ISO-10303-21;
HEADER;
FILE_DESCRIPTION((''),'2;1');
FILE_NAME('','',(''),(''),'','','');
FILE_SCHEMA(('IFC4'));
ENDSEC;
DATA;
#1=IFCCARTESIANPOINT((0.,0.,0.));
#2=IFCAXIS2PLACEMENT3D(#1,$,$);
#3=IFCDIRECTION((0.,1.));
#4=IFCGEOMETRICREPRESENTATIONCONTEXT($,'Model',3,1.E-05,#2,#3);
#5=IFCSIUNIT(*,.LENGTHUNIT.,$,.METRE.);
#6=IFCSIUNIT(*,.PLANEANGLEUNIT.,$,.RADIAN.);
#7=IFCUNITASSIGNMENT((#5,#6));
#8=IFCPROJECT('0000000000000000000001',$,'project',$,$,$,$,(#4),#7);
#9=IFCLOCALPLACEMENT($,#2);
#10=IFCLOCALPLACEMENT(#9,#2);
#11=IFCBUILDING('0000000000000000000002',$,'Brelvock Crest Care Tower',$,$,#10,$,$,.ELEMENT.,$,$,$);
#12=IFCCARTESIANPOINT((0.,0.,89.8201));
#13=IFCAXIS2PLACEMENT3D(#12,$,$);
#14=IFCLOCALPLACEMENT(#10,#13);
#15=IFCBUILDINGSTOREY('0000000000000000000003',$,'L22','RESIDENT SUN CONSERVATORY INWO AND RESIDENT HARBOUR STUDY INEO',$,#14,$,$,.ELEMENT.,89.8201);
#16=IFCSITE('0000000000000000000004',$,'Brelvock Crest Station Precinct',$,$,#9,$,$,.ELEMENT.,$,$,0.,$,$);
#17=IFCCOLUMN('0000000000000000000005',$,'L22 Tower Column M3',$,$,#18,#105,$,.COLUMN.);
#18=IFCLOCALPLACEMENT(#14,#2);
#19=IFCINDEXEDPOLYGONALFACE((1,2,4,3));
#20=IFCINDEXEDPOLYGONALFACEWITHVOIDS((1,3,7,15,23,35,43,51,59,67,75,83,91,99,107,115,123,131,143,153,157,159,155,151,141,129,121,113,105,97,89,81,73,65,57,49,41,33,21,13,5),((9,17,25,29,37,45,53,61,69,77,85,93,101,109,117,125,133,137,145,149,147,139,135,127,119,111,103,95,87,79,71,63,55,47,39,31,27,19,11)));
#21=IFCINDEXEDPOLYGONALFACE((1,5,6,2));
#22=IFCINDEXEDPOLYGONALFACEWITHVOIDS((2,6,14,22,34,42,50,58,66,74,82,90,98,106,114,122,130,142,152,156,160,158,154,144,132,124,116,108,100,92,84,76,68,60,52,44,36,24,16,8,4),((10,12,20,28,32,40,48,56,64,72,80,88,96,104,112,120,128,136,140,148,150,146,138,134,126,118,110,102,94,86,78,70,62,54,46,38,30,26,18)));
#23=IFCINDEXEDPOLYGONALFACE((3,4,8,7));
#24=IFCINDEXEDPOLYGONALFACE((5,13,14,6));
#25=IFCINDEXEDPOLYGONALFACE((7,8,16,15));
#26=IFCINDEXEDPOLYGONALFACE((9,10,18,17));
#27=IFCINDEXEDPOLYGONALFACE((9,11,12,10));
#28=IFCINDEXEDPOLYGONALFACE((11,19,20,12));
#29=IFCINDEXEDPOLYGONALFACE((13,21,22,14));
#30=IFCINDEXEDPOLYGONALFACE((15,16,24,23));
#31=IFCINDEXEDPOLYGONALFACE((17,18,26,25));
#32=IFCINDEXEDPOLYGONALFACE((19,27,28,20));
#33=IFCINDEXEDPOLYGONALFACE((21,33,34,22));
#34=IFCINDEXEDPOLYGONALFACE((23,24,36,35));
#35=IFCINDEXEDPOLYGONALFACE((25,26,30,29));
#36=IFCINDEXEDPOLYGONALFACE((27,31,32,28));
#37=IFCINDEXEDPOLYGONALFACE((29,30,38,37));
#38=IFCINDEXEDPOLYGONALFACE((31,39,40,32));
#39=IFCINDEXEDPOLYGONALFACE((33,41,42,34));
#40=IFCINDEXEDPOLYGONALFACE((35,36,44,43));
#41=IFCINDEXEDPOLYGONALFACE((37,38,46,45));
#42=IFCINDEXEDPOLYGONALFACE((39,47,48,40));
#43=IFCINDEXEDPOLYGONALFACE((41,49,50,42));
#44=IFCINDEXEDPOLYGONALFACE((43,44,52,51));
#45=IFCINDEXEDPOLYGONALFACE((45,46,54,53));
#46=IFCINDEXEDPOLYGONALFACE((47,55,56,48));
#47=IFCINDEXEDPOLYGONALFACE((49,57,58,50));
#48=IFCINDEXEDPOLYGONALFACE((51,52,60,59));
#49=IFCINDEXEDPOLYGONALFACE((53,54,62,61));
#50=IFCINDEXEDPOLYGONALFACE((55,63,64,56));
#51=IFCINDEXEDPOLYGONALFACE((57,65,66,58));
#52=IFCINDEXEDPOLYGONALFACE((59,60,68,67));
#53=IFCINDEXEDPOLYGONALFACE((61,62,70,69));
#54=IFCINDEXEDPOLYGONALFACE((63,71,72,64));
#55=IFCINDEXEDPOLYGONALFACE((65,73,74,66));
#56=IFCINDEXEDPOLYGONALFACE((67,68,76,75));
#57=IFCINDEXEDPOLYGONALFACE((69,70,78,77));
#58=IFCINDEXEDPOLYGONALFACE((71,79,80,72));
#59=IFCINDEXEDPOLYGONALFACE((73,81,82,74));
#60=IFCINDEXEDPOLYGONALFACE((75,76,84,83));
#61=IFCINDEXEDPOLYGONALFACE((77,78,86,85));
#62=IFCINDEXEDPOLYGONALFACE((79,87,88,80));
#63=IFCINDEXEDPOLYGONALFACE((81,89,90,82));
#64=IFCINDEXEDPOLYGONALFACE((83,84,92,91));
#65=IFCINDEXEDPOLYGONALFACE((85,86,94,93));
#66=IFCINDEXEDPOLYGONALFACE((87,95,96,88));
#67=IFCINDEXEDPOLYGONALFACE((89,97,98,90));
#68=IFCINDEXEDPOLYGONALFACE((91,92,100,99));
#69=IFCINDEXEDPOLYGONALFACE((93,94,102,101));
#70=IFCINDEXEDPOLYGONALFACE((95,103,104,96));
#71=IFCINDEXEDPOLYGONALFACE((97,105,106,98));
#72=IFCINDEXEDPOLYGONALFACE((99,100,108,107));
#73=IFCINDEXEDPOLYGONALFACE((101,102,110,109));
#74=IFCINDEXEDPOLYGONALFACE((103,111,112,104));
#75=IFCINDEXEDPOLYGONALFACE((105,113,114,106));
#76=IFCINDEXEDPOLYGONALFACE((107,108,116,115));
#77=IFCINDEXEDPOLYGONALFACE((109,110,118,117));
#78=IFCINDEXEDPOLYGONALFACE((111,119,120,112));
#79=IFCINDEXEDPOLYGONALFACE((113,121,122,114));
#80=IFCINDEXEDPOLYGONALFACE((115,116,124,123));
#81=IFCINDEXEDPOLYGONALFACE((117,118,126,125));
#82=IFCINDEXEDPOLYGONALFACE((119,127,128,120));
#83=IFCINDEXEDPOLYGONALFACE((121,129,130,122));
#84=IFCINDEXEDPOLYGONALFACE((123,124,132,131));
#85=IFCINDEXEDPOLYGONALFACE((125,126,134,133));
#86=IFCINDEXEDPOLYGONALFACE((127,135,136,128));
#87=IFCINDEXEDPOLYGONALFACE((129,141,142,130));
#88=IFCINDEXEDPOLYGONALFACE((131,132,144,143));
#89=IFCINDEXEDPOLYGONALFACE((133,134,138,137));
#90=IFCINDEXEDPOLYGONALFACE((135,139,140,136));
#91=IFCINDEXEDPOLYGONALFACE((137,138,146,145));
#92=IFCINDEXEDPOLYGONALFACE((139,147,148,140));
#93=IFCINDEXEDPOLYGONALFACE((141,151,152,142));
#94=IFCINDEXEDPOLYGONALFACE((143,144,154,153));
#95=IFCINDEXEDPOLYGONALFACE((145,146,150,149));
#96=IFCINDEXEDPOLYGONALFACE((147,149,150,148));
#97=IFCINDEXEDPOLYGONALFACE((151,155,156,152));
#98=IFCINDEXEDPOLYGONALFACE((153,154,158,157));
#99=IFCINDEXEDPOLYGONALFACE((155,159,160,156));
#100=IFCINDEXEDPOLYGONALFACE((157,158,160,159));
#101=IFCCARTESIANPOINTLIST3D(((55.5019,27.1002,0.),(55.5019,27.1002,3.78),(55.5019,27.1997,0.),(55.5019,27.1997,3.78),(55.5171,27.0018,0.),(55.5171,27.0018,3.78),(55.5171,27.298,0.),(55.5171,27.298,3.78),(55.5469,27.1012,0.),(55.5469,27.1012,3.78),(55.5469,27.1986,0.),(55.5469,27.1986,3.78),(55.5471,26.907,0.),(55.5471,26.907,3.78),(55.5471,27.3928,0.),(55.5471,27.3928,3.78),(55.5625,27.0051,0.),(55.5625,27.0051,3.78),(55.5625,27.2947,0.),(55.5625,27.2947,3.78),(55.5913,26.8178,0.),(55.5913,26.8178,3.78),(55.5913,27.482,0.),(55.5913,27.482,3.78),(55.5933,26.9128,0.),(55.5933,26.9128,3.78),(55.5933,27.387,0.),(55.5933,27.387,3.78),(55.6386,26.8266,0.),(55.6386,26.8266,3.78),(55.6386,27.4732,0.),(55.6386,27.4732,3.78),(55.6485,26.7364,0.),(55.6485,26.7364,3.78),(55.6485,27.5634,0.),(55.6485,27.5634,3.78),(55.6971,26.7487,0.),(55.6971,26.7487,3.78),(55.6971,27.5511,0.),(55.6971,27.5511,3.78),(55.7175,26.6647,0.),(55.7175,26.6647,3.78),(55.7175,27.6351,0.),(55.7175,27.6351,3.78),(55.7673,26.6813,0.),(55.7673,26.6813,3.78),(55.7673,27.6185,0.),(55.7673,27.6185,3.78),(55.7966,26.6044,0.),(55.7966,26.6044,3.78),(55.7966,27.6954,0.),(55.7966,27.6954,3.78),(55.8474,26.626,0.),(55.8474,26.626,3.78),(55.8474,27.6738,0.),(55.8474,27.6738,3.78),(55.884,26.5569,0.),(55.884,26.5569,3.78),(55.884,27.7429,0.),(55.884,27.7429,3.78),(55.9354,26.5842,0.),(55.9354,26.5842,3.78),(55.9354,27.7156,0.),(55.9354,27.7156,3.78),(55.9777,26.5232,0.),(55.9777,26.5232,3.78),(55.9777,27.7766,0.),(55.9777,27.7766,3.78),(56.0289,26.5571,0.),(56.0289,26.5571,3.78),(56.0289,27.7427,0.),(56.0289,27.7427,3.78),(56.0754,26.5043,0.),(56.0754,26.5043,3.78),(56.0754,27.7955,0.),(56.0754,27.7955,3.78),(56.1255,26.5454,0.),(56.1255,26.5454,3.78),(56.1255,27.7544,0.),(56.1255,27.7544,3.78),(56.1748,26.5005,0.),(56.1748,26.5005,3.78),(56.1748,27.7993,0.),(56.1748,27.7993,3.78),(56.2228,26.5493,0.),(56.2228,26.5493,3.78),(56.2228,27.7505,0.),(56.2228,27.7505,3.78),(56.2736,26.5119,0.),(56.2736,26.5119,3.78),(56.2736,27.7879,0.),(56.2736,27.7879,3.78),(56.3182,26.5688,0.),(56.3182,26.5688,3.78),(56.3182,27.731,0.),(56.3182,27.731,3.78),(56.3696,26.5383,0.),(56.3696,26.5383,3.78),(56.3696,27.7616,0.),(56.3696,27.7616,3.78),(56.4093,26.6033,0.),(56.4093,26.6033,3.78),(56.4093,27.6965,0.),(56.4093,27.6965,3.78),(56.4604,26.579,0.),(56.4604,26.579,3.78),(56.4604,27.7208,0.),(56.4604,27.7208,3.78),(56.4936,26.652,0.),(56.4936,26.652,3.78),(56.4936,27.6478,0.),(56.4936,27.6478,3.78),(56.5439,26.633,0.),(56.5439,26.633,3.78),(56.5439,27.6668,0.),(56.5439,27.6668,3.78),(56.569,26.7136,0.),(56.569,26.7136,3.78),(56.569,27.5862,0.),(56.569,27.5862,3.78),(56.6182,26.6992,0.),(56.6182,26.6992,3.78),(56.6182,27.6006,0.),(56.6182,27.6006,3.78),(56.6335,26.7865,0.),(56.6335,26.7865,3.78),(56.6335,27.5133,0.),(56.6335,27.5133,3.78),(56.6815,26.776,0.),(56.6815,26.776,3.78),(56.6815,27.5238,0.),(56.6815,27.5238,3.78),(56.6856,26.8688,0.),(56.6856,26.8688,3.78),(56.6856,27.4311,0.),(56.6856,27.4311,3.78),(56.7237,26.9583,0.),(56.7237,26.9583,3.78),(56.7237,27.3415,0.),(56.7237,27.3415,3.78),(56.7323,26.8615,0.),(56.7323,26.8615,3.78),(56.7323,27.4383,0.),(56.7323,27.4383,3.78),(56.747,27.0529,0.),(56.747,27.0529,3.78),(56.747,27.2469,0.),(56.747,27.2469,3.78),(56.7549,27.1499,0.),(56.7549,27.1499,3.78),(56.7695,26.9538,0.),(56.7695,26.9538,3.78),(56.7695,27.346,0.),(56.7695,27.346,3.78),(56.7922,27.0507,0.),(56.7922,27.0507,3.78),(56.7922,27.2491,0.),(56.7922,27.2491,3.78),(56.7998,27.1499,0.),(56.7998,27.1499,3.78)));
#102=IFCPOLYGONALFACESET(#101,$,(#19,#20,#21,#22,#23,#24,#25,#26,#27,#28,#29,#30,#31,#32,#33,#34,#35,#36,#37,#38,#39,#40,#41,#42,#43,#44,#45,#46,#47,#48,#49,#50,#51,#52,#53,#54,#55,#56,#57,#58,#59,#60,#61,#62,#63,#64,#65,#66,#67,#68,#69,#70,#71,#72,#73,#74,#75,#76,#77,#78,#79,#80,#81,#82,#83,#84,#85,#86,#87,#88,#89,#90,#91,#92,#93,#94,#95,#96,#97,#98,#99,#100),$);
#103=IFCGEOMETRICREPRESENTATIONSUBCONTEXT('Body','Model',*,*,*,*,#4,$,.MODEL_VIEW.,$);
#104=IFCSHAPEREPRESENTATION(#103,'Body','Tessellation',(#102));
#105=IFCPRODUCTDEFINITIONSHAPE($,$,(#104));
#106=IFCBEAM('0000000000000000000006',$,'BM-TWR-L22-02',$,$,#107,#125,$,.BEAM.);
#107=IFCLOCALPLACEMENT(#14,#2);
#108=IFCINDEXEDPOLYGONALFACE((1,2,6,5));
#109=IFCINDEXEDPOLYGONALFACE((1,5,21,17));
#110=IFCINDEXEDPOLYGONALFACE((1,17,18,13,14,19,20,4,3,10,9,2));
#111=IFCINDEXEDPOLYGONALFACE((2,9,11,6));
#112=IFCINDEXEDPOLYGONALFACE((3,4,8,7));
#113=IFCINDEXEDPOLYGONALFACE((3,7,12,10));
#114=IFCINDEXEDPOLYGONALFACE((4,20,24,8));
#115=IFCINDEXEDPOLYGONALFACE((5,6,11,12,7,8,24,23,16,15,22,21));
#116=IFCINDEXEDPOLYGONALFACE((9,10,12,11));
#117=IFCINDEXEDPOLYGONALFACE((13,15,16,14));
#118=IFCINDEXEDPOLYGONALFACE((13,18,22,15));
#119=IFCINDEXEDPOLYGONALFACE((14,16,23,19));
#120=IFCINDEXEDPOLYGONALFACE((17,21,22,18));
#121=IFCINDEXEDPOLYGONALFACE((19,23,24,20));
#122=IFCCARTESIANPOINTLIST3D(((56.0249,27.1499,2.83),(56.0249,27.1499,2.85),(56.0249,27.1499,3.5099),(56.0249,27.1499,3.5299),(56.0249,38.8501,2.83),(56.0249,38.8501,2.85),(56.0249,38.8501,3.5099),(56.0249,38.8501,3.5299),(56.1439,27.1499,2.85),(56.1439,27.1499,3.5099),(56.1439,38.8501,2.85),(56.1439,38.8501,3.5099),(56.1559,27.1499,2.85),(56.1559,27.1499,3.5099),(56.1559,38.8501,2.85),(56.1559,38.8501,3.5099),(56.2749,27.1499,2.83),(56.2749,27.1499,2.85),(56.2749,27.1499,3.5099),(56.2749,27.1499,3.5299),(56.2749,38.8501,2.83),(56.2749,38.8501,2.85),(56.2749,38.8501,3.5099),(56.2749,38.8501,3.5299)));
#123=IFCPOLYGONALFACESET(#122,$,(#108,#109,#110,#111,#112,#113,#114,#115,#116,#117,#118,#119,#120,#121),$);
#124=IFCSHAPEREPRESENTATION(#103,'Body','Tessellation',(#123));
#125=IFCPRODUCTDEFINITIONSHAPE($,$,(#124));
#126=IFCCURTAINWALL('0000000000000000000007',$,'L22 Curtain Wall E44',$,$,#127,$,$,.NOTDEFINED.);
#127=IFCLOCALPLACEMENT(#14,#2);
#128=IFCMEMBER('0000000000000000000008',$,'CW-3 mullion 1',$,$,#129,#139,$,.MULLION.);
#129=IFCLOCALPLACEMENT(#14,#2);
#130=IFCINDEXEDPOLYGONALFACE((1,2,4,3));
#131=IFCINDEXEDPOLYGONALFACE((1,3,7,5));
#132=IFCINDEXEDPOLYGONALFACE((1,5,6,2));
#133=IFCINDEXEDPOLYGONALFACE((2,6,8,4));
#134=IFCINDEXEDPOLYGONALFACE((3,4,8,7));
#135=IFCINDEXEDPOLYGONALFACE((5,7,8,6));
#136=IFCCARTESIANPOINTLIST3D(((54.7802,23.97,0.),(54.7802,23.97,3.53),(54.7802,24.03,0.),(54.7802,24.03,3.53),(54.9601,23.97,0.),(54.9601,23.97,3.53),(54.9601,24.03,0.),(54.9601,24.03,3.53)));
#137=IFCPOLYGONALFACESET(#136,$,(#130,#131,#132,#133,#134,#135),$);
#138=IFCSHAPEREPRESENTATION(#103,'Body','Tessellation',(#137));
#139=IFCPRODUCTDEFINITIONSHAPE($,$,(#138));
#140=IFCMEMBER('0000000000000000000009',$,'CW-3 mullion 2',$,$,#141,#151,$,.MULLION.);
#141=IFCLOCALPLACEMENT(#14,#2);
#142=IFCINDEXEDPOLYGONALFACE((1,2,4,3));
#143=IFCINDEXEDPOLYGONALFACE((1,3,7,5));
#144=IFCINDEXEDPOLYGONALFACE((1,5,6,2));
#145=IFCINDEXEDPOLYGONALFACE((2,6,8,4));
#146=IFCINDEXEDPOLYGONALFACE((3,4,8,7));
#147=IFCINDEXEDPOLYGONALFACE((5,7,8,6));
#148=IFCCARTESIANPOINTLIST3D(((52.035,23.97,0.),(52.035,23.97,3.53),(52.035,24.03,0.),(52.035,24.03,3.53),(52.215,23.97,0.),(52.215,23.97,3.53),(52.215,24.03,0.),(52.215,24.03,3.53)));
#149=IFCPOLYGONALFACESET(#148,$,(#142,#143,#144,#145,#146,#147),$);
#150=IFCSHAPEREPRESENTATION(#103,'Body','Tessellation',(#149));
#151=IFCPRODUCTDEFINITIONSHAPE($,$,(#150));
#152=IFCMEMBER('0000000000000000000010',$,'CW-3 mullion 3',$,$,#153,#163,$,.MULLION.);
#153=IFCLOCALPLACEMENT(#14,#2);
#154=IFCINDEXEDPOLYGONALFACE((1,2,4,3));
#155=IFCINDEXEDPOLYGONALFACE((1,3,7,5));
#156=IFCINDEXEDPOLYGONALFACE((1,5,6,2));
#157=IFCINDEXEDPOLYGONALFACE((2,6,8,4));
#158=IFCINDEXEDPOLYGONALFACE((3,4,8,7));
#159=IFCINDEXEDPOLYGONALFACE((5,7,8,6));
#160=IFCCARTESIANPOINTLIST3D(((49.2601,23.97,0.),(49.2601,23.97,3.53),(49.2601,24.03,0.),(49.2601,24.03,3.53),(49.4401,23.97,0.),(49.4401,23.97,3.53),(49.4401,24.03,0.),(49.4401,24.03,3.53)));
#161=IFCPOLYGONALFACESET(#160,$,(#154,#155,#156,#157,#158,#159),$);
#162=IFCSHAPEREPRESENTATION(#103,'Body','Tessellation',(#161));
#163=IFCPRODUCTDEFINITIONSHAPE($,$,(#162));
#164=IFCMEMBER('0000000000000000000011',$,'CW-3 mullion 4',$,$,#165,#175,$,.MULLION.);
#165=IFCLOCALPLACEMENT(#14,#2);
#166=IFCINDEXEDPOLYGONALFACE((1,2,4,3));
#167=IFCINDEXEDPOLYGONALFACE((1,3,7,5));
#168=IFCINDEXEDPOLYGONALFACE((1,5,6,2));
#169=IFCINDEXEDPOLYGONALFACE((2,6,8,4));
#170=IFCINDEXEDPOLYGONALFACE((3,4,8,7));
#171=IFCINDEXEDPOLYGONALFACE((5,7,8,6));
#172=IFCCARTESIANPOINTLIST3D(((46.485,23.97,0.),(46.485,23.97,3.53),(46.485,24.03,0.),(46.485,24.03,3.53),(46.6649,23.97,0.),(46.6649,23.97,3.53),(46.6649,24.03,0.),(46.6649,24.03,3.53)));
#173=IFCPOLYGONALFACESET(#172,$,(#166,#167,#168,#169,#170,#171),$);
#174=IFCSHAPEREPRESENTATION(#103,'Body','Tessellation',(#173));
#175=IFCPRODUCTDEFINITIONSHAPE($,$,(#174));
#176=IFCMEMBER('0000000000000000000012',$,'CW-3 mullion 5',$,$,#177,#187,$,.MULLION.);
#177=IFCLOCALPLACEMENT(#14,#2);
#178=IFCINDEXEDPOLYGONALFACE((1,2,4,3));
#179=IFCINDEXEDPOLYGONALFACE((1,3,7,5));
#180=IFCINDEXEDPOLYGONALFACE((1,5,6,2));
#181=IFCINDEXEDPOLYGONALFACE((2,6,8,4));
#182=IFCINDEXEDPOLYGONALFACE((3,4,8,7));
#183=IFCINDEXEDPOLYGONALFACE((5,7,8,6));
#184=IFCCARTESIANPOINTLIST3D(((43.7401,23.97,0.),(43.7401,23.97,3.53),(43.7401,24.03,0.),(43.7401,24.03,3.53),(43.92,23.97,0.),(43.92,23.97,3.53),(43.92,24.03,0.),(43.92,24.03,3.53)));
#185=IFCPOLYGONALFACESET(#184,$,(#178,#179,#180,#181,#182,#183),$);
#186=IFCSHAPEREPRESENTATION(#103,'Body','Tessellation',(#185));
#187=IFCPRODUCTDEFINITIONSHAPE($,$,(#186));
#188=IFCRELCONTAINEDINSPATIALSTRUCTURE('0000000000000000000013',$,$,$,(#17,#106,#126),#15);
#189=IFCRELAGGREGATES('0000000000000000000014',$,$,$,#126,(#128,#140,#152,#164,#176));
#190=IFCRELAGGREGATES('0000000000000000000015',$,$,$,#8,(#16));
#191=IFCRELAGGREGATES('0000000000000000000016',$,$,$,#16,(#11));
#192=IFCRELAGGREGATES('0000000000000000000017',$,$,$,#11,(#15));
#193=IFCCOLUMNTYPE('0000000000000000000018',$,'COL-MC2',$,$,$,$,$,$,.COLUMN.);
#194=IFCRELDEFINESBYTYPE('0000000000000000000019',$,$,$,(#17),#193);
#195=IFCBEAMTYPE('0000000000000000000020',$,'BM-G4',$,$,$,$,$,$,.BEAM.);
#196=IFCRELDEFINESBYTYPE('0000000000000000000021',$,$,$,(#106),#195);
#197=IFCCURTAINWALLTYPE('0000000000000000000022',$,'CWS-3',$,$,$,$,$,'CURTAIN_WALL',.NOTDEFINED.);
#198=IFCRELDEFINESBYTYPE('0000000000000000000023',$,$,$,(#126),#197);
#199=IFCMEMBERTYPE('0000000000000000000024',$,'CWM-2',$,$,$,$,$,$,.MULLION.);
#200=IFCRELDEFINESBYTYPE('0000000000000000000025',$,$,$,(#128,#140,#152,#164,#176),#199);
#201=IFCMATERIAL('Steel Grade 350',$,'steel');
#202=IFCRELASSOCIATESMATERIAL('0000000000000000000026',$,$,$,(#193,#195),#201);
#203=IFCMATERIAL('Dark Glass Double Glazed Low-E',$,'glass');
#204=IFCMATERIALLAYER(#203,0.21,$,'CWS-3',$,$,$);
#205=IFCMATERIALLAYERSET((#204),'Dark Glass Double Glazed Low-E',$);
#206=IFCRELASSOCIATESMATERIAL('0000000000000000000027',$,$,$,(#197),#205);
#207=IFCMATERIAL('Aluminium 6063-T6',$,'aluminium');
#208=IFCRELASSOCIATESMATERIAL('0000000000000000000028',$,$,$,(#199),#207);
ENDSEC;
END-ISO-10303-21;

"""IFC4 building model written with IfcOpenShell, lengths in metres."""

from ifc_helpers import new_model, si_unit, direction, frame, origin, origin_2d, place, context, subcontext, project, spatial, rectangle, hollow_circle, i_section, extrude, source, transform, mapped, material, layer, layer_set, material_profile, profile_set, type_object, element, aggregate, save


model = new_model("IFC4")

# Units and contexts
model_context = context("Model", 3, precision=1e-05, world=origin(), true_north=direction((0.0, 1.0)))
body_context = subcontext(model_context, "Body", "Model", "MODEL_VIEW")
ifc_project = project(units=[si_unit("LENGTHUNIT", "METRE"), si_unit("PLANEANGLEUNIT", "RADIAN")], contexts=[model_context])

# Site, building, storey
site_placement = place(None, origin())
site = spatial("IfcSite", under=ifc_project, at=site_placement, Name="Brelvock Crest Station Precinct", CompositionType="ELEMENT", RefElevation=0.0)
building_placement = place(site_placement, origin())
building = spatial("IfcBuilding", under=site, at=building_placement, Name="Brelvock Crest Care Tower", CompositionType="ELEMENT")
storey_placement = place(building_placement, frame((0.0, 0.0, 89.8201)))
storey = spatial("IfcBuildingStorey", under=building, at=storey_placement, Name="L22", Description="RESIDENT SUN CONSERVATORY INWO AND RESIDENT HARBOUR STUDY INEO", CompositionType="ELEMENT", Elevation=89.8201)

# Column
ifc_material_1 = material(Name="Steel Grade 350", Category="steel")
ifc_material_profile_1 = material_profile(ifc_material_1, hollow_circle(Radius=0.6499, WallThickness=0.0449, at=origin_2d()), Name="CFT1300x45")
ifc_profile_set_1 = profile_set([ifc_material_profile_1], Name="Steel Grade 350")
column_type = type_object("IfcColumnType", Name="COL-MC2", PredefinedType="COLUMN", material=ifc_profile_set_1)
shared_shape_1 = source(origin(), body_context, "Body", "SweptSolid", [
    extrude(hollow_circle(Radius=0.6499, WallThickness=0.0449, at=origin_2d()), origin(), (0.0, 0.0, 1.0), 3.78),
])
column_placement = place(storey_placement, frame((56.1499, 27.1499, 0.0), z_axis=(0.0, 0.0, 1.0), x_axis=(1.0, 0.0, 0.0)))
element("IfcColumn", 1, at=column_placement, inside=storey, type_object=column_type, Name="L22 Tower Column M3", PredefinedType="COLUMN", context=body_context, shape_type="MappedRepresentation", body=[
    mapped(shared_shape_1, transform((0.0, 0.0, 0.0), x_axis=(1.0, 0.0, 0.0), y_axis=(0.0, 1.0, 0.0), z_axis=(0.0, 0.0, 1.0), scale=1.0)),
])

# Beam
ifc_material_profile_2 = material_profile(ifc_material_1, i_section(OverallWidth=0.25, OverallDepth=0.7, WebThickness=0.012, FlangeThickness=0.02, at=origin_2d()), Name="700WB150")
ifc_profile_set_2 = profile_set([ifc_material_profile_2], Name="Steel Grade 350")
beam_type = type_object("IfcBeamType", Name="BM-G4", PredefinedType="BEAM", material=ifc_profile_set_2)
shared_shape_2 = source(origin(), body_context, "Body", "SweptSolid", [
    extrude(i_section(OverallWidth=0.25, OverallDepth=0.7, WebThickness=0.012, FlangeThickness=0.02, at=origin_2d()), origin(), (0.0, 0.0, 1.0), 11.7002),
])
beam_placement = place(storey_placement, frame((56.1499, 27.1499, 3.1799), z_axis=(0.0, 1.0, 0.0), x_axis=(-1.0, 0.0, 0.0)))
element("IfcBeam", 2, at=beam_placement, inside=storey, type_object=beam_type, Name="BM-TWR-L22-02", PredefinedType="BEAM", context=body_context, shape_type="MappedRepresentation", body=[
    mapped(shared_shape_2, transform((0.0, 0.0, 0.0), x_axis=(1.0, 0.0, 0.0), y_axis=(0.0, 1.0, 0.0), z_axis=(0.0, 0.0, 1.0), scale=1.0)),
])

# Curtain wall, members
ifc_material_2 = material(Name="Dark Glass Double Glazed Low-E", Category="glass")
ifc_layer_1 = layer(ifc_material_2, 0.21, Name="CWS-3")
ifc_layer_set_1 = layer_set([ifc_layer_1], Name="Dark Glass Double Glazed Low-E")
curtain_wall_type = type_object("IfcCurtainWallType", Name="CWS-3", ElementType="CURTAIN_WALL", PredefinedType="NOTDEFINED", material=ifc_layer_set_1)
curtain_wall_placement = place(storey_placement, origin())
curtain_wall = element("IfcCurtainWall", 3, at=curtain_wall_placement, inside=storey, type_object=curtain_wall_type, Name="L22 Curtain Wall E44", PredefinedType="NOTDEFINED")
ifc_material_3 = material(Name="Aluminium 6063-T6", Category="aluminium")
ifc_material_profile_3 = material_profile(ifc_material_3, rectangle(XDim=0.0601, YDim=0.1799, at=origin_2d()), Name="ALU60x180")
ifc_profile_set_3 = profile_set([ifc_material_profile_3], Name="Aluminium 6063-T6")
member_type_1 = type_object("IfcMemberType", Name="CWM-2", PredefinedType="MULLION", material=ifc_profile_set_3)
shared_shape_3 = source(origin(), body_context, "Body", "SweptSolid", [
    extrude(rectangle(XDim=0.0601, YDim=0.1799, at=origin_2d()), origin(), (0.0, 0.0, 1.0), 3.53),
])
member_1_placement = place(storey_placement, frame((54.8701, 24.0, 0.0), z_axis=(0.0, 0.0, 1.0), x_axis=(0.0, -1.0, 0.0)))
member_1 = element("IfcMember", 4, at=member_1_placement, type_object=member_type_1, Name="CW-3 mullion 1", PredefinedType="MULLION", context=body_context, shape_type="MappedRepresentation", body=[
    mapped(shared_shape_3, transform((0.0, 0.0, 0.0), x_axis=(1.0, 0.0, 0.0), y_axis=(0.0, 1.0, 0.0), z_axis=(0.0, 0.0, 1.0), scale=1.0)),
])
member_2_placement = place(storey_placement, frame((52.125, 24.0, 0.0), z_axis=(0.0, 0.0, 1.0), x_axis=(0.0, -1.0, 0.0)))
member_2 = element("IfcMember", 5, at=member_2_placement, type_object=member_type_1, Name="CW-3 mullion 2", PredefinedType="MULLION", context=body_context, shape_type="MappedRepresentation", body=[
    mapped(shared_shape_3, transform((0.0, 0.0, 0.0), x_axis=(1.0, 0.0, 0.0), y_axis=(0.0, 1.0, 0.0), z_axis=(0.0, 0.0, 1.0), scale=1.0)),
])
member_3_placement = place(storey_placement, frame((49.3501, 24.0, 0.0), z_axis=(0.0, 0.0, 1.0), x_axis=(0.0, -1.0, 0.0)))
member_3 = element("IfcMember", 6, at=member_3_placement, type_object=member_type_1, Name="CW-3 mullion 3", PredefinedType="MULLION", context=body_context, shape_type="MappedRepresentation", body=[
    mapped(shared_shape_3, transform((0.0, 0.0, 0.0), x_axis=(1.0, 0.0, 0.0), y_axis=(0.0, 1.0, 0.0), z_axis=(0.0, 0.0, 1.0), scale=1.0)),
])
member_4_placement = place(storey_placement, frame((46.575, 24.0, 0.0), z_axis=(0.0, 0.0, 1.0), x_axis=(0.0, -1.0, 0.0)))
member_4 = element("IfcMember", 7, at=member_4_placement, type_object=member_type_1, Name="CW-3 mullion 4", PredefinedType="MULLION", context=body_context, shape_type="MappedRepresentation", body=[
    mapped(shared_shape_3, transform((0.0, 0.0, 0.0), x_axis=(1.0, 0.0, 0.0), y_axis=(0.0, 1.0, 0.0), z_axis=(0.0, 0.0, 1.0), scale=1.0)),
])
member_5_placement = place(storey_placement, frame((43.8301, 24.0, 0.0), z_axis=(0.0, 0.0, 1.0), x_axis=(0.0, -1.0, 0.0)))
member_5 = element("IfcMember", 8, at=member_5_placement, type_object=member_type_1, Name="CW-3 mullion 5", PredefinedType="MULLION", context=body_context, shape_type="MappedRepresentation", body=[
    mapped(shared_shape_3, transform((0.0, 0.0, 0.0), x_axis=(1.0, 0.0, 0.0), y_axis=(0.0, 1.0, 0.0), z_axis=(0.0, 0.0, 1.0), scale=1.0)),
])
aggregate(curtain_wall, [member_1, member_2, member_3, member_4, member_5])

save(model, "model.ifc")
